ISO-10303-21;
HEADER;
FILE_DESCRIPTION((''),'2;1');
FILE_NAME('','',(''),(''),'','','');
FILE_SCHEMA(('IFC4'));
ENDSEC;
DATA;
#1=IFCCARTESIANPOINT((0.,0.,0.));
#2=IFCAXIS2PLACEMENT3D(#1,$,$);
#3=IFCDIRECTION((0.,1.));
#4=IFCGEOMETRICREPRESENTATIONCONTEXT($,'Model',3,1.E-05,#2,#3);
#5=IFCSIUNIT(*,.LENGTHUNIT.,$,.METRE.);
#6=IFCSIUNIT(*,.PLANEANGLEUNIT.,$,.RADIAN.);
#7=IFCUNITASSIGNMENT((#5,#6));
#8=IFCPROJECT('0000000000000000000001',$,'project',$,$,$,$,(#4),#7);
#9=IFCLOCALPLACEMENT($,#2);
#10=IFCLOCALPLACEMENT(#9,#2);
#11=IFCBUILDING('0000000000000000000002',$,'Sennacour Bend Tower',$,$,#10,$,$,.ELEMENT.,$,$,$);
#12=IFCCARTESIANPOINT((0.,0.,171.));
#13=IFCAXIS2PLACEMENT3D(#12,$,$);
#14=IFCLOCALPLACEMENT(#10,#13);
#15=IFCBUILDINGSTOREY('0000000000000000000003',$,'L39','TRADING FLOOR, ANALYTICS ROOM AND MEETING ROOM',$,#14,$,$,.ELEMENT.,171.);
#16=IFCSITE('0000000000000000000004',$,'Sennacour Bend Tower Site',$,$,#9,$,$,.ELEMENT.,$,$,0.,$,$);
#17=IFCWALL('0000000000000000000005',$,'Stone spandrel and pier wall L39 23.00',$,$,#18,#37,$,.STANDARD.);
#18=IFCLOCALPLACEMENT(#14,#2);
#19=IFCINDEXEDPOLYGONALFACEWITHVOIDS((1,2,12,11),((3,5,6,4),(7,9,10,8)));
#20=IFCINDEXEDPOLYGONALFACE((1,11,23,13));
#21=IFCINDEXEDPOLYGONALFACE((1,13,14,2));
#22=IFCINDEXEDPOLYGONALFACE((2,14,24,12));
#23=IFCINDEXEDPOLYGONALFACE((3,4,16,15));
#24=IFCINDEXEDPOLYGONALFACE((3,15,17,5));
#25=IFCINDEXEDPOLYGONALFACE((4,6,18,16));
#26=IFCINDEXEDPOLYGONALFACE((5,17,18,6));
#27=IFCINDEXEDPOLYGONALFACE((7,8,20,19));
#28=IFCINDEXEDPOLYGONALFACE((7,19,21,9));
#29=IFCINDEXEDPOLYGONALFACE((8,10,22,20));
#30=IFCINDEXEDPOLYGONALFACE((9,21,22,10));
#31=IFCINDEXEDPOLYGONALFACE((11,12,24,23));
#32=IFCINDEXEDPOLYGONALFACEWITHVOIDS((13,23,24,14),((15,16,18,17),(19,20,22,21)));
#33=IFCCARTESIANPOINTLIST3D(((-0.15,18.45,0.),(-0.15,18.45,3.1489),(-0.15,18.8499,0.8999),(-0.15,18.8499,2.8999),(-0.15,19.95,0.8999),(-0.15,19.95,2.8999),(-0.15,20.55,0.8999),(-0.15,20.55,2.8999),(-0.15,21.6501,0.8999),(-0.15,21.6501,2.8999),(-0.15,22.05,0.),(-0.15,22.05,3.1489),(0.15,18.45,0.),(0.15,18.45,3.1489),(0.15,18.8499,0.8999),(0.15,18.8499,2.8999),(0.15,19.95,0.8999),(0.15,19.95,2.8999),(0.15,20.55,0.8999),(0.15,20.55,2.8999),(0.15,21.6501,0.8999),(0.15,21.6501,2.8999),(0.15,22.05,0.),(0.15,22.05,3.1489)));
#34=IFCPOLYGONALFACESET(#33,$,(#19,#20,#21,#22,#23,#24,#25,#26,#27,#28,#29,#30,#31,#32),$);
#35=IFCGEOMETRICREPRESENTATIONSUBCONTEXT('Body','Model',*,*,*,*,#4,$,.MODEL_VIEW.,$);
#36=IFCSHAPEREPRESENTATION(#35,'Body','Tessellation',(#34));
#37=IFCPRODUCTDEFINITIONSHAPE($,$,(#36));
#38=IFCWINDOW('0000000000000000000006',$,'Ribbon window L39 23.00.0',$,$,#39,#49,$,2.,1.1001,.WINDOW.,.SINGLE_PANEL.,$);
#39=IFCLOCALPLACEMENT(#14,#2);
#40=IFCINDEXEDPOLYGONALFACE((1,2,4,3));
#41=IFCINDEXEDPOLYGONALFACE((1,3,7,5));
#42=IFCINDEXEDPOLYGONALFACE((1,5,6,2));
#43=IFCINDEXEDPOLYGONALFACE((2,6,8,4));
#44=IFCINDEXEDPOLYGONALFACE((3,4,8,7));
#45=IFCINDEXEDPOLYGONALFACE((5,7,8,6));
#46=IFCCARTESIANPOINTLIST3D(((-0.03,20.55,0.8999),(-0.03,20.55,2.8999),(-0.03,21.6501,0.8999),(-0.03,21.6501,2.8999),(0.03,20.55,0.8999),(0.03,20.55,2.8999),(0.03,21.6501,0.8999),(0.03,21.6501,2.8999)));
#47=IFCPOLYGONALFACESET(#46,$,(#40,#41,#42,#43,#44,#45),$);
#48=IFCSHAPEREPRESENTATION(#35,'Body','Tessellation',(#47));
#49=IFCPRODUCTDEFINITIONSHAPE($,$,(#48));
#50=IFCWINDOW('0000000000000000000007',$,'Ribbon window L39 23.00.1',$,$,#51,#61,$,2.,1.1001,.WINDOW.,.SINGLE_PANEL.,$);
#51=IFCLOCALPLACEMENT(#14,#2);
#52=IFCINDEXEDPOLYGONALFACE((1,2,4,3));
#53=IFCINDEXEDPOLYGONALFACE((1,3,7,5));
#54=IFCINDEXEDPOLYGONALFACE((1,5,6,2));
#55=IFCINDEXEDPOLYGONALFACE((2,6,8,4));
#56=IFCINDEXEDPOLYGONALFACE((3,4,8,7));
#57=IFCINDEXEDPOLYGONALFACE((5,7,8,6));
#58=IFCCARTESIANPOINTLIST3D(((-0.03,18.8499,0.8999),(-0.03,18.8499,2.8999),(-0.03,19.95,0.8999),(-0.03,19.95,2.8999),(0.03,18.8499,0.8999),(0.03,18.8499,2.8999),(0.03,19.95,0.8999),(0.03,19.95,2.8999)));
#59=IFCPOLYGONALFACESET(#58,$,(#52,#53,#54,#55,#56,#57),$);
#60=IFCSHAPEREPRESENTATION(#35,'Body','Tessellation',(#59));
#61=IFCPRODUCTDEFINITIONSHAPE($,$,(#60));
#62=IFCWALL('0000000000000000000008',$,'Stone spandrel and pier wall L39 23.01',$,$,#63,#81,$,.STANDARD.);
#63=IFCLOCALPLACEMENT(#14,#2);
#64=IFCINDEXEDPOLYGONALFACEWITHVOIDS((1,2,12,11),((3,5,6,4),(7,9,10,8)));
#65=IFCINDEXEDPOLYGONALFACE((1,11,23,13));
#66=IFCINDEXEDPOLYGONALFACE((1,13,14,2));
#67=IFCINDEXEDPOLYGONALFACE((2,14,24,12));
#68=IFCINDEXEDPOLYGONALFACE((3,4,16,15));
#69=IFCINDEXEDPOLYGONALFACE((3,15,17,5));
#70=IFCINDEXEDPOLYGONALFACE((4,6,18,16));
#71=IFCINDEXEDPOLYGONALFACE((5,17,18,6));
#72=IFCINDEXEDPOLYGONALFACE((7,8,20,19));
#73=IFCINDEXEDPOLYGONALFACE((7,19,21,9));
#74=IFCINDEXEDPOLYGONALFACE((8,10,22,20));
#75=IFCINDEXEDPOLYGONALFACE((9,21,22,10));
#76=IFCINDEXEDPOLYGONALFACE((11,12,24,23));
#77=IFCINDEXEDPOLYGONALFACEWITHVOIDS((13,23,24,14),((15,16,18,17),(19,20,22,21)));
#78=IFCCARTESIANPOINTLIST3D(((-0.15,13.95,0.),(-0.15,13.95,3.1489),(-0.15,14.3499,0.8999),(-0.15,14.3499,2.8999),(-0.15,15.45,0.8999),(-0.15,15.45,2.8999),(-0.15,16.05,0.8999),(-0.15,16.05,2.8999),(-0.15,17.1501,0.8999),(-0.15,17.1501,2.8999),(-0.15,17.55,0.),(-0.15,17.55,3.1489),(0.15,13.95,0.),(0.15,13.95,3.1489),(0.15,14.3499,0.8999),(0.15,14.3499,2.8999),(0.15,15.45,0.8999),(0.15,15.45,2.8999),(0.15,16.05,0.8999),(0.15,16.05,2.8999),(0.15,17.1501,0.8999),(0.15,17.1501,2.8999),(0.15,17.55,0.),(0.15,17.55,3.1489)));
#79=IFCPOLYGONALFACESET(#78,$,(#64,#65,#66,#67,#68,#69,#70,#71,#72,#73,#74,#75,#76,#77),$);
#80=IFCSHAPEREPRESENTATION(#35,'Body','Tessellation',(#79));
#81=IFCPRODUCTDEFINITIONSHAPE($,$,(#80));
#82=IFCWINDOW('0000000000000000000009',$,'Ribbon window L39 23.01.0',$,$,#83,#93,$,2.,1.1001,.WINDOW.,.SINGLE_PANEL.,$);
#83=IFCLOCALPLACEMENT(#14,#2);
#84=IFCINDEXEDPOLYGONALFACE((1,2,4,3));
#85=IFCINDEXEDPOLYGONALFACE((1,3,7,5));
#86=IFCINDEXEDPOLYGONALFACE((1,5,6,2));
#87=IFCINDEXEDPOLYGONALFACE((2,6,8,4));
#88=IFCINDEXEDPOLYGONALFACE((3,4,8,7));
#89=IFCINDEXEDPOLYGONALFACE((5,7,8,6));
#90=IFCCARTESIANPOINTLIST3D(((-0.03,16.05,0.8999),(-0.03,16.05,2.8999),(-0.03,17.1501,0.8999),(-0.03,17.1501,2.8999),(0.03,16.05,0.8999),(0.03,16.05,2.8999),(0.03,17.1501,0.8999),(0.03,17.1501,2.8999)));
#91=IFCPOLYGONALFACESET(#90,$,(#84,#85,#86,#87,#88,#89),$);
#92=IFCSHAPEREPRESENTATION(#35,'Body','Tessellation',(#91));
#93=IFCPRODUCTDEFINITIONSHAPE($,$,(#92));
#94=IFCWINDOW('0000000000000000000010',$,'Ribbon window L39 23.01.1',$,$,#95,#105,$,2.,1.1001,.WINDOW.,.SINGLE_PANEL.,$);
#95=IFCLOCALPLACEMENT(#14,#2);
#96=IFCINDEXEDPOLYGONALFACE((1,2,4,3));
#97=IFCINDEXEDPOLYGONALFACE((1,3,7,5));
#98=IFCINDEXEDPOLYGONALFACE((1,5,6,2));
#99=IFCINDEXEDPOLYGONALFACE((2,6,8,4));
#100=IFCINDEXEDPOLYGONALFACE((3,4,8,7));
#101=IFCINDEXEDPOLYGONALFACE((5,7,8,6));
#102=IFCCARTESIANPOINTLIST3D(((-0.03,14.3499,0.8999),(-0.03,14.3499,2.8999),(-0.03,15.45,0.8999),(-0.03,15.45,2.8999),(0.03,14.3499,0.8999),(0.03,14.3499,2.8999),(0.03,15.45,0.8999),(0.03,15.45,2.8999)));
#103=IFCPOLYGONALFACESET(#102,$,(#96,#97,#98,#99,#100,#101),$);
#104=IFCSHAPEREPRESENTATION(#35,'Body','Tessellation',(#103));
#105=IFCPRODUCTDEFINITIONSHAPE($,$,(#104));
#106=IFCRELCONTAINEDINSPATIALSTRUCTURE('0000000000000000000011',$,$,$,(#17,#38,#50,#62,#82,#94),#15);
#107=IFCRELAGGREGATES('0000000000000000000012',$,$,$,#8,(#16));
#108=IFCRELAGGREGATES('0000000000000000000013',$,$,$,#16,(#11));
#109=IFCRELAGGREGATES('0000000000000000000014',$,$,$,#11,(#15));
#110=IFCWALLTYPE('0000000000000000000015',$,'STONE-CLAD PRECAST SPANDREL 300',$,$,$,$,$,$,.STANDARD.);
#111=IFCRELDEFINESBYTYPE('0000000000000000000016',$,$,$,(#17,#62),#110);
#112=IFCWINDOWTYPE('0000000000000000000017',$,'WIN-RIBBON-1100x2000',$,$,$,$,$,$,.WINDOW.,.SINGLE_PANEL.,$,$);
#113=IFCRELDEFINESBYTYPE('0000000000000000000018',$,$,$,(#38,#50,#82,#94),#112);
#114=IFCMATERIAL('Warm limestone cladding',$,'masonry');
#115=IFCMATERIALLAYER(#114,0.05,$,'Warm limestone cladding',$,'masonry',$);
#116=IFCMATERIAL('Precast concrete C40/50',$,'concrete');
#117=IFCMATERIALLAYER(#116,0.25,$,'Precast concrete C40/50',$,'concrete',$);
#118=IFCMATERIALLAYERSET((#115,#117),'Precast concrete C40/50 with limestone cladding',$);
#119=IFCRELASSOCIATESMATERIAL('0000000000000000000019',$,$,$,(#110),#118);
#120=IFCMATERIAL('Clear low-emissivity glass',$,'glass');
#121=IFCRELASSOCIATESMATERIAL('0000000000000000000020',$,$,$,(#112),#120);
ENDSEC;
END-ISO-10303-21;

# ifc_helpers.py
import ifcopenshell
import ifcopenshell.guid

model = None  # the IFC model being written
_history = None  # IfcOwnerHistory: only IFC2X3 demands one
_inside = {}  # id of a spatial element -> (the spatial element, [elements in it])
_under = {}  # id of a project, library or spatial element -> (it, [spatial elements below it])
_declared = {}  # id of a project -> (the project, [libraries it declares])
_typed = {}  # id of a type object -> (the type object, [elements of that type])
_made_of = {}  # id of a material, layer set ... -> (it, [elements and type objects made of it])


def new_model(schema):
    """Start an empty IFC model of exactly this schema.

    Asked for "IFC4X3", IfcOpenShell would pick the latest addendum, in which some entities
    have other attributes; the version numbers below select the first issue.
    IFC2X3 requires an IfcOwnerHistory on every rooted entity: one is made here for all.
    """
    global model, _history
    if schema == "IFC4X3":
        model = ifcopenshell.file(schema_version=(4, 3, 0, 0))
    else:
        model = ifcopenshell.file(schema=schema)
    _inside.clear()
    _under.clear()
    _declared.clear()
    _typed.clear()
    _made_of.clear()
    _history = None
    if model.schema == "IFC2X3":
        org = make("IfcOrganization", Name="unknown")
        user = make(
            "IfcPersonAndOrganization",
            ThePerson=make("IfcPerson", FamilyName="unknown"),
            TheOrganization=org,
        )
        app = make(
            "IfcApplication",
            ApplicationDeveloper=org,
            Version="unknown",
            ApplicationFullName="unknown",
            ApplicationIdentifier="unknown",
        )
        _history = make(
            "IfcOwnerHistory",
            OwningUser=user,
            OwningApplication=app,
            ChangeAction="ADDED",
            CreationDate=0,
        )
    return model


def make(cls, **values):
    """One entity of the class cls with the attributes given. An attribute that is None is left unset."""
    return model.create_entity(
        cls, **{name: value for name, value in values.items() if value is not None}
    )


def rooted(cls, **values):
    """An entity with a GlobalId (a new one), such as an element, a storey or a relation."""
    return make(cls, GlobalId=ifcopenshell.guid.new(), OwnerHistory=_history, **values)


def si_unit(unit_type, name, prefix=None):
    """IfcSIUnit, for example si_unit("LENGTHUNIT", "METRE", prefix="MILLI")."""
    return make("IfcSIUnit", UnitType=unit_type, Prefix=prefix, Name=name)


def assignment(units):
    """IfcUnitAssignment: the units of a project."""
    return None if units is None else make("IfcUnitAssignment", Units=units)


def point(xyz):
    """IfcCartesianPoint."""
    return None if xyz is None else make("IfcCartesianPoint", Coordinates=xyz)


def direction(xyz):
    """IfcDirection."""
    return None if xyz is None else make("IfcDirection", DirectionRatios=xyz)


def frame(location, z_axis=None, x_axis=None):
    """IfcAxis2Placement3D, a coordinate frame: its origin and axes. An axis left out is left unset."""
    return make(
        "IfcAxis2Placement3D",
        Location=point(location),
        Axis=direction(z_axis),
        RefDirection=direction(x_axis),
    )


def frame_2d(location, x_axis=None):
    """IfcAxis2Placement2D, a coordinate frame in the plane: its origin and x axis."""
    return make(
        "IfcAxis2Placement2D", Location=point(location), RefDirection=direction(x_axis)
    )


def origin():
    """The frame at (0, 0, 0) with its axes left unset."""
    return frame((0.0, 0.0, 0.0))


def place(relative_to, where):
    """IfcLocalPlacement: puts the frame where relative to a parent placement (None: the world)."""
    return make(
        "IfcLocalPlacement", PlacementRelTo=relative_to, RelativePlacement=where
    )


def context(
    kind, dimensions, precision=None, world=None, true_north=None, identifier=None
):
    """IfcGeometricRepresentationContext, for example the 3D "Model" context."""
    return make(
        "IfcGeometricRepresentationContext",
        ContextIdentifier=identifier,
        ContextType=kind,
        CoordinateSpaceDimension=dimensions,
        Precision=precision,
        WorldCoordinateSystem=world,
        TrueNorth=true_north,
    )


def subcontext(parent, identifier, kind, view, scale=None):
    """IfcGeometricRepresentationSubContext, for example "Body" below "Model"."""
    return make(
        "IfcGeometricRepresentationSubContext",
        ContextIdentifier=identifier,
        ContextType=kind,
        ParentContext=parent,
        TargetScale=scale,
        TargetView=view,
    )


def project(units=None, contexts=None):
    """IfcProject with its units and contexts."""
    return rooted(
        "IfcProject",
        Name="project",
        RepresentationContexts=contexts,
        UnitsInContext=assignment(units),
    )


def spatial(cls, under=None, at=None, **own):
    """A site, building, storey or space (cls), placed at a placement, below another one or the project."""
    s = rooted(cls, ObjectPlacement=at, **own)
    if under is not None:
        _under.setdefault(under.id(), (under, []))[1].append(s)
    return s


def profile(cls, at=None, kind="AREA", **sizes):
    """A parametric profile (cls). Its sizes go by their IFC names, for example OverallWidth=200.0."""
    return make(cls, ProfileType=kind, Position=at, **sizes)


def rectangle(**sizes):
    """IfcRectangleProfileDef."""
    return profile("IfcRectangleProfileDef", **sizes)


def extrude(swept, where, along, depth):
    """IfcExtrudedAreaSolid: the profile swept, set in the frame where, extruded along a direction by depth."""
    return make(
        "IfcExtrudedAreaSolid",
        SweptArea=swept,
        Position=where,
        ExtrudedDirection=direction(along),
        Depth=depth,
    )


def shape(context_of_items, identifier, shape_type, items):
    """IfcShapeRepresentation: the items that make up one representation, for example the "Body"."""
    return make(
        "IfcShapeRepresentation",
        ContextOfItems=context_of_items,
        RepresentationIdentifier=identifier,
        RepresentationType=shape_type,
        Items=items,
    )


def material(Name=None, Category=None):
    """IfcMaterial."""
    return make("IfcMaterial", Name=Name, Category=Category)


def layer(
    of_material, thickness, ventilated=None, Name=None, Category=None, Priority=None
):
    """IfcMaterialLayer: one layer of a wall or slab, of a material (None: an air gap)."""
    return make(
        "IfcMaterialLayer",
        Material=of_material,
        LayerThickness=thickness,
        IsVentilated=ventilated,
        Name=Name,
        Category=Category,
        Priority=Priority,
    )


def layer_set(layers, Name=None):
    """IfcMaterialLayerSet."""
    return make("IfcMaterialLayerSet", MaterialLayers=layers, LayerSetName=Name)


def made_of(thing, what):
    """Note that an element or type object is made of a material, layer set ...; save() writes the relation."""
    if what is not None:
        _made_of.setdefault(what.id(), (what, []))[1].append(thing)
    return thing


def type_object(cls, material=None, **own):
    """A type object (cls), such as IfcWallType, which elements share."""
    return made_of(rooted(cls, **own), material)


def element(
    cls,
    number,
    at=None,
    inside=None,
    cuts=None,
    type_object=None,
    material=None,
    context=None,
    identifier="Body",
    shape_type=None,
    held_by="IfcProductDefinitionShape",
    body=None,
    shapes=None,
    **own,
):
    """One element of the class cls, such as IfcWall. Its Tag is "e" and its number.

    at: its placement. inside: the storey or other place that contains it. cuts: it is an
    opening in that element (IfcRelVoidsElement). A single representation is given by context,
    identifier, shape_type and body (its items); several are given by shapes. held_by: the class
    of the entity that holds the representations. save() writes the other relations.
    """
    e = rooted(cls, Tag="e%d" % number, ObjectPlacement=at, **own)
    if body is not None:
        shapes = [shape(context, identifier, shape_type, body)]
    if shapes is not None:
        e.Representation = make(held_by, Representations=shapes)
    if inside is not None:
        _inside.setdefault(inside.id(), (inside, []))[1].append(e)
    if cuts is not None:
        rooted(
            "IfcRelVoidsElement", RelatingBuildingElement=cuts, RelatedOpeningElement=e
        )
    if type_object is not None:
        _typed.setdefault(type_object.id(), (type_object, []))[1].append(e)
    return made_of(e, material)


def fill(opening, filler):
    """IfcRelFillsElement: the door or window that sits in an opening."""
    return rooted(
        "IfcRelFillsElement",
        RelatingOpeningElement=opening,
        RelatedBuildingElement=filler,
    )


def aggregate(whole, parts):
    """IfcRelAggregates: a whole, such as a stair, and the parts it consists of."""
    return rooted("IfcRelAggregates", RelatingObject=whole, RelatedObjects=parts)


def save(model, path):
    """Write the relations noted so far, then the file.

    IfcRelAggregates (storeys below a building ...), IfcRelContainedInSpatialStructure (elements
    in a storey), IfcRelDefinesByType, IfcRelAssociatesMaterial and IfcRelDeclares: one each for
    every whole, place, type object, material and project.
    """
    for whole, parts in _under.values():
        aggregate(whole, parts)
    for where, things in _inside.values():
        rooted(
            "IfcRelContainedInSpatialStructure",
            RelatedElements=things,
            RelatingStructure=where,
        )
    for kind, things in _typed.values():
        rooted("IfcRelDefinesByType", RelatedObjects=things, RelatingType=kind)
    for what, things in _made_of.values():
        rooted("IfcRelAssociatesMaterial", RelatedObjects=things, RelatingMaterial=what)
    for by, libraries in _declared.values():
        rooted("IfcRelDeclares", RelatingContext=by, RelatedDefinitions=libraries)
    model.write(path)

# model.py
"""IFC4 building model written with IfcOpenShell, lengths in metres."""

from ifc_helpers import new_model, si_unit, direction, frame, frame_2d, origin, place, context, subcontext, project, spatial, rectangle, extrude, material, layer, layer_set, type_object, element, fill, save


model = new_model("IFC4")

# Units and contexts
model_context = context("Model", 3, precision=1e-05, world=origin(), true_north=direction((0.0, 1.0)))
body_context = subcontext(model_context, "Body", "Model", "MODEL_VIEW")
ifc_project = project(units=[si_unit("LENGTHUNIT", "METRE"), si_unit("PLANEANGLEUNIT", "RADIAN")], contexts=[model_context])

# Site, building, storey
site_placement = place(None, origin())
site = spatial("IfcSite", under=ifc_project, at=site_placement, Name="Sennacour Bend Tower Site", CompositionType="ELEMENT", RefElevation=0.0)
building_placement = place(site_placement, origin())
building = spatial("IfcBuilding", under=site, at=building_placement, Name="Sennacour Bend Tower", CompositionType="ELEMENT")
storey_placement = place(building_placement, frame((0.0, 0.0, 171.0)))
storey = spatial("IfcBuildingStorey", under=building, at=storey_placement, Name="L39", Description="TRADING FLOOR, ANALYTICS ROOM AND MEETING ROOM", CompositionType="ELEMENT", Elevation=171.0)

# Shared definitions
ifc_material_1 = material(Name="Warm limestone cladding", Category="masonry")
ifc_layer_1 = layer(ifc_material_1, 0.05, Name="Warm limestone cladding", Category="masonry")
ifc_material_2 = material(Name="Precast concrete C40/50", Category="concrete")
ifc_layer_2 = layer(ifc_material_2, 0.25, Name="Precast concrete C40/50", Category="concrete")
ifc_layer_set_1 = layer_set([ifc_layer_1, ifc_layer_2], Name="Precast concrete C40/50 with limestone cladding")
wall_type_1 = type_object("IfcWallType", Name="STONE-CLAD PRECAST SPANDREL 300", PredefinedType="STANDARD", material=ifc_layer_set_1)

# Walls, openings, windows
wall_1_placement = place(storey_placement, frame((0.0, 22.05, 0.0), z_axis=(0.0, 0.0, 1.0), x_axis=(0.0, -1.0, 0.0)))
wall_1 = element("IfcWall", 1, at=wall_1_placement, inside=storey, type_object=wall_type_1, Name="Stone spandrel and pier wall L39 23.00", PredefinedType="STANDARD", context=body_context, shape_type="SweptSolid", body=[
    extrude(rectangle(XDim=3.6001, YDim=0.3, at=frame_2d((1.8, 0.0))), origin(), (0.0, 0.0, 1.0), 3.1489),
])
opening_1_placement = place(wall_1_placement, frame((0.3999, 0.0, 0.8999)))
opening_1 = element("IfcOpeningElement", 2, at=opening_1_placement, cuts=wall_1, PredefinedType="OPENING", context=body_context, shape_type="SweptSolid", body=[
    extrude(rectangle(XDim=1.1001, YDim=2.0, at=frame_2d((0.55, 1.0))), frame((0.0, 0.1602, 0.0), z_axis=(0.0, -1.0, 0.0), x_axis=(1.0, 0.0, 0.0)), (0.0, 0.0, 1.0), 0.3201),
])
opening_2_placement = place(wall_1_placement, frame((2.1001, 0.0, 0.8999)))
opening_2 = element("IfcOpeningElement", 3, at=opening_2_placement, cuts=wall_1, PredefinedType="OPENING", context=body_context, shape_type="SweptSolid", body=[
    extrude(rectangle(XDim=1.1001, YDim=2.0, at=frame_2d((0.55, 1.0))), frame((0.0, 0.1602, 0.0), z_axis=(0.0, -1.0, 0.0), x_axis=(1.0, 0.0, 0.0)), (0.0, 0.0, 1.0), 0.3201),
])
ifc_material_3 = material(Name="Clear low-emissivity glass", Category="glass")
window_type = type_object("IfcWindowType", Name="WIN-RIBBON-1100x2000", PartitioningType="SINGLE_PANEL", PredefinedType="WINDOW", material=ifc_material_3)
window_1_placement = place(opening_1_placement, origin())
window_1 = element("IfcWindow", 4, at=window_1_placement, inside=storey, type_object=window_type, Name="Ribbon window L39 23.00.0", OverallHeight=2.0, OverallWidth=1.1001, PartitioningType="SINGLE_PANEL", PredefinedType="WINDOW", context=body_context, shape_type="SweptSolid", body=[
    extrude(rectangle(XDim=1.1001, YDim=2.0, at=frame_2d((0.55, 1.0))), frame((0.0, 0.03, 0.0), z_axis=(0.0, -1.0, 0.0), x_axis=(1.0, 0.0, 0.0)), (0.0, 0.0, 1.0), 0.0601),
])
fill(opening_1, window_1)
window_2_placement = place(opening_2_placement, origin())
window_2 = element("IfcWindow", 5, at=window_2_placement, inside=storey, type_object=window_type, Name="Ribbon window L39 23.00.1", OverallHeight=2.0, OverallWidth=1.1001, PartitioningType="SINGLE_PANEL", PredefinedType="WINDOW", context=body_context, shape_type="SweptSolid", body=[
    extrude(rectangle(XDim=1.1001, YDim=2.0, at=frame_2d((0.55, 1.0))), frame((0.0, 0.03, 0.0), z_axis=(0.0, -1.0, 0.0), x_axis=(1.0, 0.0, 0.0)), (0.0, 0.0, 1.0), 0.0601),
])
fill(opening_2, window_2)
wall_2_placement = place(storey_placement, frame((0.0, 17.55, 0.0), z_axis=(0.0, 0.0, 1.0), x_axis=(0.0, -1.0, 0.0)))
wall_2 = element("IfcWall", 6, at=wall_2_placement, inside=storey, type_object=wall_type_1, Name="Stone spandrel and pier wall L39 23.01", PredefinedType="STANDARD", context=body_context, shape_type="SweptSolid", body=[
    extrude(rectangle(XDim=3.6001, YDim=0.3, at=frame_2d((1.8, 0.0))), origin(), (0.0, 0.0, 1.0), 3.1489),
])
opening_3_placement = place(wall_2_placement, frame((0.3999, 0.0, 0.8999)))
opening_3 = element("IfcOpeningElement", 7, at=opening_3_placement, cuts=wall_2, PredefinedType="OPENING", context=body_context, shape_type="SweptSolid", body=[
    extrude(rectangle(XDim=1.1001, YDim=2.0, at=frame_2d((0.55, 1.0))), frame((0.0, 0.1602, 0.0), z_axis=(0.0, -1.0, 0.0), x_axis=(1.0, 0.0, 0.0)), (0.0, 0.0, 1.0), 0.3201),
])
opening_4_placement = place(wall_2_placement, frame((2.1001, 0.0, 0.8999)))
opening_4 = element("IfcOpeningElement", 8, at=opening_4_placement, cuts=wall_2, PredefinedType="OPENING", context=body_context, shape_type="SweptSolid", body=[
    extrude(rectangle(XDim=1.1001, YDim=2.0, at=frame_2d((0.55, 1.0))), frame((0.0, 0.1602, 0.0), z_axis=(0.0, -1.0, 0.0), x_axis=(1.0, 0.0, 0.0)), (0.0, 0.0, 1.0), 0.3201),
])
window_3_placement = place(opening_3_placement, origin())
window_3 = element("IfcWindow", 9, at=window_3_placement, inside=storey, type_object=window_type, Name="Ribbon window L39 23.01.0", OverallHeight=2.0, OverallWidth=1.1001, PartitioningType="SINGLE_PANEL", PredefinedType="WINDOW", context=body_context, shape_type="SweptSolid", body=[
    extrude(rectangle(XDim=1.1001, YDim=2.0, at=frame_2d((0.55, 1.0))), frame((0.0, 0.03, 0.0), z_axis=(0.0, -1.0, 0.0), x_axis=(1.0, 0.0, 0.0)), (0.0, 0.0, 1.0), 0.0601),
])
fill(opening_3, window_3)
window_4_placement = place(opening_4_placement, origin())
window_4 = element("IfcWindow", 10, at=window_4_placement, inside=storey, type_object=window_type, Name="Ribbon window L39 23.01.1", OverallHeight=2.0, OverallWidth=1.1001, PartitioningType="SINGLE_PANEL", PredefinedType="WINDOW", context=body_context, shape_type="SweptSolid", body=[
    extrude(rectangle(XDim=1.1001, YDim=2.0, at=frame_2d((0.55, 1.0))), frame((0.0, 0.03, 0.0), z_axis=(0.0, -1.0, 0.0), x_axis=(1.0, 0.0, 0.0)), (0.0, 0.0, 1.0), 0.0601),
])
fill(opening_4, window_4)

save(model, "model.ifc")
